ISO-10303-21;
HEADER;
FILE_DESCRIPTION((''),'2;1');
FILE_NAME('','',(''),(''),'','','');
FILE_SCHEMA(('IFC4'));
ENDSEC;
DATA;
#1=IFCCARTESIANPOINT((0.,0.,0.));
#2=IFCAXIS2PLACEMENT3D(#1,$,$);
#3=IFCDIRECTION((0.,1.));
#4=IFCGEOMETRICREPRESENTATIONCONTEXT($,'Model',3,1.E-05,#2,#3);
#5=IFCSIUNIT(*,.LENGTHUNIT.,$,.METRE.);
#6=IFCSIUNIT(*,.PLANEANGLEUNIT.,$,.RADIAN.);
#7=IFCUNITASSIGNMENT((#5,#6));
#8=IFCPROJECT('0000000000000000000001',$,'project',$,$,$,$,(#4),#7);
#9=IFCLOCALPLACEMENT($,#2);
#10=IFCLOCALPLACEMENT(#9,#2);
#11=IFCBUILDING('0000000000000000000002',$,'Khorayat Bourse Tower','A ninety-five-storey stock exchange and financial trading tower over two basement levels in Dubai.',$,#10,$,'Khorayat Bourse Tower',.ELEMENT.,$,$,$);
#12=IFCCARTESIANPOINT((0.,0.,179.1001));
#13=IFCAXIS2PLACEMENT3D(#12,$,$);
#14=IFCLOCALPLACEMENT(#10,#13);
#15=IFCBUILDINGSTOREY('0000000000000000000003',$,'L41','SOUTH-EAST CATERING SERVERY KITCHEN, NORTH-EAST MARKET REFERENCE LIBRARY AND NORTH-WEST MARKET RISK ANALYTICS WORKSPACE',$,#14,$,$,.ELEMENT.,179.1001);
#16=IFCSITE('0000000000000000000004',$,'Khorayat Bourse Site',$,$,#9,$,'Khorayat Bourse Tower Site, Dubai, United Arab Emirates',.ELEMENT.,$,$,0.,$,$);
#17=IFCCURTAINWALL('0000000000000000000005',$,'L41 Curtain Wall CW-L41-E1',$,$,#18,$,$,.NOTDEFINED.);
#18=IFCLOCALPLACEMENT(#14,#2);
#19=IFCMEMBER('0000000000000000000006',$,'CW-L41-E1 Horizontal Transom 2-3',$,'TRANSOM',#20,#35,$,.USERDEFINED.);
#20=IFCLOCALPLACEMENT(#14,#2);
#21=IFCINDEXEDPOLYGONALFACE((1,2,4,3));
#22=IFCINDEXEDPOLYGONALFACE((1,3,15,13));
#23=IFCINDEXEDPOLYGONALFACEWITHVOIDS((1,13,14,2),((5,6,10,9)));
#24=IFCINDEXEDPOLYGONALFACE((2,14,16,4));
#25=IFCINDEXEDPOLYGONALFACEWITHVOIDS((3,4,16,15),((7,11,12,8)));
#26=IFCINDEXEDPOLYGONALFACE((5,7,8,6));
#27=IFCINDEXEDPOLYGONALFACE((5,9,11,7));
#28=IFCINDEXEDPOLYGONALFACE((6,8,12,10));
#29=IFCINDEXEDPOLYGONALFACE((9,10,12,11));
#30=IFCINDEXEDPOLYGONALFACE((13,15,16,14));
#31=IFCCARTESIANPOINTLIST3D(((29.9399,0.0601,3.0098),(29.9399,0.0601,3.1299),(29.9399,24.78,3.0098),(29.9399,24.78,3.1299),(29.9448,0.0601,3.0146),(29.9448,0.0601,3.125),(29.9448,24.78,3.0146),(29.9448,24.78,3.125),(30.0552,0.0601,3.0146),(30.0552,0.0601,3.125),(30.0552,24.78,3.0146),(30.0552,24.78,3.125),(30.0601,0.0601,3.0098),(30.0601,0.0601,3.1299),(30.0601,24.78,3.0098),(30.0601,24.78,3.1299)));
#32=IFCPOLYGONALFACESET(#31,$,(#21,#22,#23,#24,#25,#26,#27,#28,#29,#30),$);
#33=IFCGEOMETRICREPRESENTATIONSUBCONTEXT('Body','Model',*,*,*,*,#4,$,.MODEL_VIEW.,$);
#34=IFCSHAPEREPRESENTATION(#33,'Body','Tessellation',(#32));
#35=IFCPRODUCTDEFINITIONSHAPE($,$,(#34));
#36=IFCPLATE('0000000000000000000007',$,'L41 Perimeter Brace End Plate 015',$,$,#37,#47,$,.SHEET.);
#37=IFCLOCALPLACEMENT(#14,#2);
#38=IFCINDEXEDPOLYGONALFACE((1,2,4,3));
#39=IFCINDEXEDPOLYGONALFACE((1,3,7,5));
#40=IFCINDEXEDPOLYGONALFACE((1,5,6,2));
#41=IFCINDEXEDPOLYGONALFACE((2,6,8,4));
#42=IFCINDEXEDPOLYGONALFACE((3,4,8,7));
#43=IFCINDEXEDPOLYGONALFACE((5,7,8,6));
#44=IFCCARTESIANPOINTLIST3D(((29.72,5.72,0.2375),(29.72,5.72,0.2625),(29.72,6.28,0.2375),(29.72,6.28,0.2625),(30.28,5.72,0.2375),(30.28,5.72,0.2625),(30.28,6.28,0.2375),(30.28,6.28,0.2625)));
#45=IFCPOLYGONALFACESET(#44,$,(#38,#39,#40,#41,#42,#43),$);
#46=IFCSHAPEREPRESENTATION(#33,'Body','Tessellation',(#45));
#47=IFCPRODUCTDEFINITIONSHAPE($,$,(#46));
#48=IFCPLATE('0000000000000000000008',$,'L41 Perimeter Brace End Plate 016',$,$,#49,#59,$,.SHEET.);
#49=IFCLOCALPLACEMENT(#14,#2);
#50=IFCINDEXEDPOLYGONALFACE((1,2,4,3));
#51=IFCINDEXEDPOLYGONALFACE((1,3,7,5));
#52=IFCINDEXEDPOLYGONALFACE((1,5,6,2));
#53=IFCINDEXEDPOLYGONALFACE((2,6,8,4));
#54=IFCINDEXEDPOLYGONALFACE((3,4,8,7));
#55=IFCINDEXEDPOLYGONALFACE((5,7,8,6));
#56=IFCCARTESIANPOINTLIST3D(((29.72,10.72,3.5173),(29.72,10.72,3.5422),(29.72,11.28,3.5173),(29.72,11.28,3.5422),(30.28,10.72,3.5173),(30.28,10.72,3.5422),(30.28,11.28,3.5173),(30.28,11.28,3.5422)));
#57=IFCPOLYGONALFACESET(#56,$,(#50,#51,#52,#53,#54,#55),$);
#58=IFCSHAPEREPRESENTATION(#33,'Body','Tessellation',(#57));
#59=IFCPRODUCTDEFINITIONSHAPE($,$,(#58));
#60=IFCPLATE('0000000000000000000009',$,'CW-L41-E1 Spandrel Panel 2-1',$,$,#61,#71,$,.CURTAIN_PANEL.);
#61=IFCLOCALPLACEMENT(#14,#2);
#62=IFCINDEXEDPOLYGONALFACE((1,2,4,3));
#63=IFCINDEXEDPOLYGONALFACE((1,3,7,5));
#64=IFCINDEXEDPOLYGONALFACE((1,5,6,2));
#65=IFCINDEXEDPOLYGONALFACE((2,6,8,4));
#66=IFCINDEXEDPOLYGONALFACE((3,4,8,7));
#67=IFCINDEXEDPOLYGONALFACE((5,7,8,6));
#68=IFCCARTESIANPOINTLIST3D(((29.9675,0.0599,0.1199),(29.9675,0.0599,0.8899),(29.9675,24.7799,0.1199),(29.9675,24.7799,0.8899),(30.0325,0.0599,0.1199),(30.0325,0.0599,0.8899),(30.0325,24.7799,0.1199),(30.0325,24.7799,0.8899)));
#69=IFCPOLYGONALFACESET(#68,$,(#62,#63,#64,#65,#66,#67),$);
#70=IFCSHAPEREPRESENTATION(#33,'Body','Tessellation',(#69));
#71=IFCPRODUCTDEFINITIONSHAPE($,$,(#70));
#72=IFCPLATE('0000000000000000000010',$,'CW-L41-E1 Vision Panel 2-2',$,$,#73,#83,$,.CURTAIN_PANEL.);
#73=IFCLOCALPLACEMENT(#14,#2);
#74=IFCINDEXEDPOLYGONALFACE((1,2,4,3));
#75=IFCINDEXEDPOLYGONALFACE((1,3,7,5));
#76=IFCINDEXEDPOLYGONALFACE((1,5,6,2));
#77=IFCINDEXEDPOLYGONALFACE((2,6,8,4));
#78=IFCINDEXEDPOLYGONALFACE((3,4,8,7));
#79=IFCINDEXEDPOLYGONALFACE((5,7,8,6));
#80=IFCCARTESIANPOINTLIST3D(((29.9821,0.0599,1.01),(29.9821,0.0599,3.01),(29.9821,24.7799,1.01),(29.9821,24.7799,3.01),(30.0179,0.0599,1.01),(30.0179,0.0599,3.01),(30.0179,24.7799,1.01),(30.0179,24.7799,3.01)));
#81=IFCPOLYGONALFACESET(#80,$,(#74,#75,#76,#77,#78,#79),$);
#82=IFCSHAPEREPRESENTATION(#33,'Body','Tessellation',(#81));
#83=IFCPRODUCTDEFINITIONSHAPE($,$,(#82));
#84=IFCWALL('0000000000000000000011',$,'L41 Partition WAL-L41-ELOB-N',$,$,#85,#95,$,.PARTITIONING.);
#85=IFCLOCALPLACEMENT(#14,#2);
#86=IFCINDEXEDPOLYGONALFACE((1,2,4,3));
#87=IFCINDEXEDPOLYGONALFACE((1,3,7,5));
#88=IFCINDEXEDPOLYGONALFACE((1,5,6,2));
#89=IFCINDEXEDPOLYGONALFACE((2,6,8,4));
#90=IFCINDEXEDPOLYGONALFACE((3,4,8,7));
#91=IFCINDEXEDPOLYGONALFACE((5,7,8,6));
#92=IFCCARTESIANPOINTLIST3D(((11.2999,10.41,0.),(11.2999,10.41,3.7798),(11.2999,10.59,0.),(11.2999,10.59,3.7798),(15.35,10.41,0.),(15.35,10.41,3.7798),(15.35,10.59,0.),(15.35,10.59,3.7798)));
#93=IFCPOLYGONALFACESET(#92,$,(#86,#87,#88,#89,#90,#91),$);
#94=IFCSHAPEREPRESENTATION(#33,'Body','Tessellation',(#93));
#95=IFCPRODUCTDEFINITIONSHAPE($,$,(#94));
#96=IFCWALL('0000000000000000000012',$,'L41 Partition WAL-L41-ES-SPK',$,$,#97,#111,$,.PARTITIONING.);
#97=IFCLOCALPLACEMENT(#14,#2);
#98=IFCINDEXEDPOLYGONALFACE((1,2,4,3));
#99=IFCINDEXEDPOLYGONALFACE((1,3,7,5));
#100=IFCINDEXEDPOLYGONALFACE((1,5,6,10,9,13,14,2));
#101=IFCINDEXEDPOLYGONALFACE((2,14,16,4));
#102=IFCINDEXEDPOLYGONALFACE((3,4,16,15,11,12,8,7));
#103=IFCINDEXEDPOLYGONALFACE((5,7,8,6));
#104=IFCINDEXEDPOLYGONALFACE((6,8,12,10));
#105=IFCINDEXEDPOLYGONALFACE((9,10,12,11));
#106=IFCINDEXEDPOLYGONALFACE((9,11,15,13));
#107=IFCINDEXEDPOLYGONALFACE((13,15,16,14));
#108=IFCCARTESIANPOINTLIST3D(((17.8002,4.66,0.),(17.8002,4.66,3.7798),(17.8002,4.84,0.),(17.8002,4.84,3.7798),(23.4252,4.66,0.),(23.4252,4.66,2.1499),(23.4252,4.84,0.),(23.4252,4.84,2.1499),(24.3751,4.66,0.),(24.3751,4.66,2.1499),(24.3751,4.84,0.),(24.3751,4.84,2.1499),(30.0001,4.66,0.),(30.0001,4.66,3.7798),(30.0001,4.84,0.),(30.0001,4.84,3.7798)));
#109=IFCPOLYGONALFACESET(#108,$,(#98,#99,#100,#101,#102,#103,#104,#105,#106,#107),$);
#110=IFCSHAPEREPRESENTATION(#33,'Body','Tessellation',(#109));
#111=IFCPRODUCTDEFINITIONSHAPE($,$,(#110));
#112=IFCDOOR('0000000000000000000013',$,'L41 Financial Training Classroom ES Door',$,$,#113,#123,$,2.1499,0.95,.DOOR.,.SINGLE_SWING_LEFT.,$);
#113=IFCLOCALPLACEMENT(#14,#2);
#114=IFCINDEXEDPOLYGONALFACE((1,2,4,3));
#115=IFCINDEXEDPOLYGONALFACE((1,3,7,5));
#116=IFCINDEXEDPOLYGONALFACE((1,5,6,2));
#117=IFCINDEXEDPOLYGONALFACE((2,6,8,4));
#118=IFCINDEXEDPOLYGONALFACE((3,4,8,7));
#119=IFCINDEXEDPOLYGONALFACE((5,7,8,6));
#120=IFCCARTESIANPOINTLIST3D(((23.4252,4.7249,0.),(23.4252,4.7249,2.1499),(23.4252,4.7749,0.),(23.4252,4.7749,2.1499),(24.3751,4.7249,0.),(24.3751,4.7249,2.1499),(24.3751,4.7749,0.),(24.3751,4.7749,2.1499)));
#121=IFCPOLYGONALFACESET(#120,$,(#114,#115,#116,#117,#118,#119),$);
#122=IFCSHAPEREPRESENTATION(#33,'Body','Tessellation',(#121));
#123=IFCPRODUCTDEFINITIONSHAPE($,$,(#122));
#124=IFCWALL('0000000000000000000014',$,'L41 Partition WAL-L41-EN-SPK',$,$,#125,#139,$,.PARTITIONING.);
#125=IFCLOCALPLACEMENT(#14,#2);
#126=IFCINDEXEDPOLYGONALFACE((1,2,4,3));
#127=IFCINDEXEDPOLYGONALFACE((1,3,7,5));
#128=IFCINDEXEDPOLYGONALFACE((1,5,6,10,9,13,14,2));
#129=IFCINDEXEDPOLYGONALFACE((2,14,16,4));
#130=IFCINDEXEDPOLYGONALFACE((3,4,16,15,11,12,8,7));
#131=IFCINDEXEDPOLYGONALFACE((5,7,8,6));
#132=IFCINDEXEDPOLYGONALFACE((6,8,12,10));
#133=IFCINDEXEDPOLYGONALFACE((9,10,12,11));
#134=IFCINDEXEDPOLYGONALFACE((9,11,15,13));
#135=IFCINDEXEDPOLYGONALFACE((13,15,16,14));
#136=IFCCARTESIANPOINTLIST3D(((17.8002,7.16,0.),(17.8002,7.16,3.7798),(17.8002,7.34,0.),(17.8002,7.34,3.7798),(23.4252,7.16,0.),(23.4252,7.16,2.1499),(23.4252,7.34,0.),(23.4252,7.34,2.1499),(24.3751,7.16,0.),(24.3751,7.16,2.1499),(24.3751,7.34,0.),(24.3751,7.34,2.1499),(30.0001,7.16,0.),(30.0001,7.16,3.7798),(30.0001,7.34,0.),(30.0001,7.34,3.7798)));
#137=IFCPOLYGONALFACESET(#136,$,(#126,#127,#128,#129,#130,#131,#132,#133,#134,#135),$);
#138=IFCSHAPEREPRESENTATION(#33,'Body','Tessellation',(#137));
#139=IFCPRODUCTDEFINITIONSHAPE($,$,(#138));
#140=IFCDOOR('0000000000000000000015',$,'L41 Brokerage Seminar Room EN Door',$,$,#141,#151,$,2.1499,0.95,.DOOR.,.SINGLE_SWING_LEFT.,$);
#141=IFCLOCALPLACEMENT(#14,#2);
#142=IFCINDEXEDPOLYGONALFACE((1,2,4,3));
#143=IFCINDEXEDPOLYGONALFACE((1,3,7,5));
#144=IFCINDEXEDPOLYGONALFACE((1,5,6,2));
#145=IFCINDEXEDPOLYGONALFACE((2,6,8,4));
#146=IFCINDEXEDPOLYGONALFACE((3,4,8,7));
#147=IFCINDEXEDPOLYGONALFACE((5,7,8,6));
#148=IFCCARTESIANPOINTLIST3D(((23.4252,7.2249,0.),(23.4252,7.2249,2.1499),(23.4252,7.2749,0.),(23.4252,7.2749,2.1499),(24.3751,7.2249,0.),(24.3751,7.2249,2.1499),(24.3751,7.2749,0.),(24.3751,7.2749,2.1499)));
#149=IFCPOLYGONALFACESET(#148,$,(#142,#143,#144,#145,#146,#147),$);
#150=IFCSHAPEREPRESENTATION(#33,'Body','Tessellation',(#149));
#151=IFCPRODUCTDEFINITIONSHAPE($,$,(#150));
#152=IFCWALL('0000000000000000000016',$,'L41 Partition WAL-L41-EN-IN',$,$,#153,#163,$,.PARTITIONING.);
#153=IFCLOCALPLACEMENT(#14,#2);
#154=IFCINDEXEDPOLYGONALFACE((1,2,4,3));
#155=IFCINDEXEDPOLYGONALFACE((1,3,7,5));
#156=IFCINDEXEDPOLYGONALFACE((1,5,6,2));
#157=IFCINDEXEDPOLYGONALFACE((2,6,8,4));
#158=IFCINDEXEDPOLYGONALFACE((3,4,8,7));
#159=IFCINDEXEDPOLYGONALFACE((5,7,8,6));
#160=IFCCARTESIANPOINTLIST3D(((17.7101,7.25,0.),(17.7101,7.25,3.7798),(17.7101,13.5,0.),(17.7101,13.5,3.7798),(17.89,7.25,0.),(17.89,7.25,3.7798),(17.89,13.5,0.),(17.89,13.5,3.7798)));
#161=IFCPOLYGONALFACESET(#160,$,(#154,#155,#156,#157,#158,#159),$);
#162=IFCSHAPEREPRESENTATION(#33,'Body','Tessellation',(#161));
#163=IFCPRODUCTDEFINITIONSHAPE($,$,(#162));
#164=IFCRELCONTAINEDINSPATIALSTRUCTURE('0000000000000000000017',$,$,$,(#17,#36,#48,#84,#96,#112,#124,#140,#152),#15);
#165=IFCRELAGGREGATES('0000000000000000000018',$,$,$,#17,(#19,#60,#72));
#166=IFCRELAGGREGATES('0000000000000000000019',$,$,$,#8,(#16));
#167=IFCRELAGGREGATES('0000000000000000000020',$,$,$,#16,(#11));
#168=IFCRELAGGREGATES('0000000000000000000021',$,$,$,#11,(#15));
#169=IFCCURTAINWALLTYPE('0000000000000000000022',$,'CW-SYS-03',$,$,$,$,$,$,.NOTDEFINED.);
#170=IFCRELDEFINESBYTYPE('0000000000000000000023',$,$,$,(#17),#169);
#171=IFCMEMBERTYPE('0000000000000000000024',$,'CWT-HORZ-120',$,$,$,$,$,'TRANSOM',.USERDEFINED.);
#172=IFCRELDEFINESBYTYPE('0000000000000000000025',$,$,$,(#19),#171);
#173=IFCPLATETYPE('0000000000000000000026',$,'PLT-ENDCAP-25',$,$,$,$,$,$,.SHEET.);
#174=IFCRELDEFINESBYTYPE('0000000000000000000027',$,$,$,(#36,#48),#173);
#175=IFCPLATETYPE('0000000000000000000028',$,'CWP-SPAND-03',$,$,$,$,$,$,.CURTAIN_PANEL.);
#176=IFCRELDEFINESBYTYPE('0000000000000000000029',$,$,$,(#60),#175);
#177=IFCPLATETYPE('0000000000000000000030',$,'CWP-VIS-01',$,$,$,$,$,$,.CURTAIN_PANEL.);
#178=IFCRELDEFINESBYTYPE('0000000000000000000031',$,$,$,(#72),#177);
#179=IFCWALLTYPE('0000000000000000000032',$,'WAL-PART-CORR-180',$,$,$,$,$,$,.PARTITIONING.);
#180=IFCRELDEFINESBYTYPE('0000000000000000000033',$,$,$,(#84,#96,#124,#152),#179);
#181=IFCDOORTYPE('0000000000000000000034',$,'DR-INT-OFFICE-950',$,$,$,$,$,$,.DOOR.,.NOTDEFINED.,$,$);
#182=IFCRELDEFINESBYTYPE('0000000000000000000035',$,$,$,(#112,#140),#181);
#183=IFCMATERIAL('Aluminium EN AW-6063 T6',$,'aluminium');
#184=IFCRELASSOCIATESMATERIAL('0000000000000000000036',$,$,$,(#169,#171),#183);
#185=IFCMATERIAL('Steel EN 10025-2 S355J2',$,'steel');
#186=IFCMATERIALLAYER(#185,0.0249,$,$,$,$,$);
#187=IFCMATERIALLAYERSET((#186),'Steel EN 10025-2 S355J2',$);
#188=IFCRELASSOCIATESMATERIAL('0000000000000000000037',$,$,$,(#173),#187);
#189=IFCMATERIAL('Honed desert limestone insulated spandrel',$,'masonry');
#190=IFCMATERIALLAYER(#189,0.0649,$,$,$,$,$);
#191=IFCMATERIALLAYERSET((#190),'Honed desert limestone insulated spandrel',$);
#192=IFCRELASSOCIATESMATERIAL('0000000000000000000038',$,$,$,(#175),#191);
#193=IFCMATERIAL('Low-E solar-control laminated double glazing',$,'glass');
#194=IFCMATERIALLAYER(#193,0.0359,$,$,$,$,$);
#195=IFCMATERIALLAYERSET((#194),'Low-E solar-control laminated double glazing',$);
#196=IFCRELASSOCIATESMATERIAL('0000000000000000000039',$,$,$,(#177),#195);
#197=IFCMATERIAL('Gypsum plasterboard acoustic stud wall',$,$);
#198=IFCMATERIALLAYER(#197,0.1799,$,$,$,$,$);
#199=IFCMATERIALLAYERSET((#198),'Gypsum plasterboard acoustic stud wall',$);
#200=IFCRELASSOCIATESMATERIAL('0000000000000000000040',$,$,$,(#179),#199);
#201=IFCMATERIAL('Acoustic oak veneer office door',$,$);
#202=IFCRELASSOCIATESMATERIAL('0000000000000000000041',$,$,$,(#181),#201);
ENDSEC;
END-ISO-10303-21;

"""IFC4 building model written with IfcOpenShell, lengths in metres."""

from ifc_helpers import new_model, si_unit, direction, frame, frame_2d, origin, origin_2d, place, context, subcontext, project, spatial, rectangle, hollow_rectangle, extrude, source, transform, mapped, material, layer, layer_set, material_profile, profile_set, type_object, element, fill, aggregate, save


model = new_model("IFC4")

# Units and contexts
model_context = context("Model", 3, precision=1e-05, world=origin(), true_north=direction((0.0, 1.0)))
body_context = subcontext(model_context, "Body", "Model", "MODEL_VIEW")
ifc_project = project(units=[si_unit("LENGTHUNIT", "METRE"), si_unit("PLANEANGLEUNIT", "RADIAN")], contexts=[model_context])

# Site, building, storey
site_placement = place(None, origin())
site = spatial("IfcSite", under=ifc_project, at=site_placement, Name="Khorayat Bourse Site", LongName="Khorayat Bourse Tower Site, Dubai, United Arab Emirates", CompositionType="ELEMENT", RefElevation=0.0)
building_placement = place(site_placement, origin())
building = spatial("IfcBuilding", under=site, at=building_placement, Name="Khorayat Bourse Tower", Description="A ninety-five-storey stock exchange and financial trading tower over two basement levels in Dubai.", LongName="Khorayat Bourse Tower", CompositionType="ELEMENT")
storey_placement = place(building_placement, frame((0.0, 0.0, 179.1001)))
storey = spatial("IfcBuildingStorey", under=building, at=storey_placement, Name="L41", Description="SOUTH-EAST CATERING SERVERY KITCHEN, NORTH-EAST MARKET REFERENCE LIBRARY AND NORTH-WEST MARKET RISK ANALYTICS WORKSPACE", CompositionType="ELEMENT", Elevation=179.1001)

# Curtain wall, member
ifc_material_1 = material(Name="Aluminium EN AW-6063 T6", Category="aluminium")
curtain_wall_type = type_object("IfcCurtainWallType", Name="CW-SYS-03", PredefinedType="NOTDEFINED", material=ifc_material_1)
curtain_wall_placement = place(storey_placement, origin())
curtain_wall = element("IfcCurtainWall", 1, at=curtain_wall_placement, inside=storey, type_object=curtain_wall_type, Name="L41 Curtain Wall CW-L41-E1", PredefinedType="NOTDEFINED")
ifc_material_profile_1 = material_profile(ifc_material_1, hollow_rectangle(XDim=0.1201, YDim=0.1201, WallThickness=0.0049, at=origin_2d()), Name="ALU 120x120x5")
ifc_profile_set_1 = profile_set([ifc_material_profile_1], Name="Aluminium EN AW-6063 T6")
member_type_1 = type_object("IfcMemberType", Name="CWT-HORZ-120", ElementType="TRANSOM", PredefinedType="USERDEFINED", material=ifc_profile_set_1)
shared_shape_1 = source(origin(), body_context, "Body", "SweptSolid", [
    extrude(hollow_rectangle(XDim=0.1201, YDim=0.1201, WallThickness=0.0049, at=origin_2d()), origin(), (0.0, 0.0, 1.0), 24.72),
])
member_1_placement = place(storey_placement, frame((30.0, 0.0601, 3.0698), z_axis=(0.0, 1.0, 0.0), x_axis=(-1.0, 0.0, 0.0)))
member_1 = element("IfcMember", 2, at=member_1_placement, type_object=member_type_1, Name="CW-L41-E1 Horizontal Transom 2-3", ObjectType="TRANSOM", PredefinedType="USERDEFINED", context=body_context, shape_type="MappedRepresentation", body=[
    mapped(shared_shape_1, transform((0.0, 0.0, 0.0), scale=1.0)),
])

# Plates
ifc_material_2 = material(Name="Steel EN 10025-2 S355J2", Category="steel")
ifc_layer_1 = layer(ifc_material_2, 0.0249)
ifc_layer_set_1 = layer_set([ifc_layer_1], Name="Steel EN 10025-2 S355J2")
plate_type_1 = type_object("IfcPlateType", Name="PLT-ENDCAP-25", PredefinedType="SHEET", material=ifc_layer_set_1)
shared_shape_2 = source(origin(), body_context, "Body", "SweptSolid", [
    extrude(rectangle(XDim=0.5601, YDim=0.5601, at=origin_2d()), origin(), (0.0, 0.0, 1.0), 0.0249),
])
for number, where, z_axis, x_axis, name in (
    (3, (30.0, 6.0, 0.2375), (0.0, 0.0, 1.0), (1.0, 0.0, 0.0), "L41 Perimeter Brace End Plate 015"),
    (4, (30.0, 11.0, 3.5173), (0.0, 0.0, 1.0), (1.0, 0.0, 0.0), "L41 Perimeter Brace End Plate 016"),
):
    element("IfcPlate", number, at=place(storey_placement, frame(where, z_axis=z_axis, x_axis=x_axis)), inside=storey, type_object=plate_type_1, Name=name, PredefinedType="SHEET", context=body_context, shape_type="MappedRepresentation", body=[
        mapped(shared_shape_2, transform((0.0, 0.0, 0.0), scale=1.0)),
    ])

# Plates
ifc_material_3 = material(Name="Honed desert limestone insulated spandrel", Category="masonry")
ifc_layer_2 = layer(ifc_material_3, 0.0649)
ifc_layer_set_2 = layer_set([ifc_layer_2], Name="Honed desert limestone insulated spandrel")
plate_type_2 = type_object("IfcPlateType", Name="CWP-SPAND-03", PredefinedType="CURTAIN_PANEL", material=ifc_layer_set_2)
shared_shape_3 = source(origin(), body_context, "Body", "SweptSolid", [
    extrude(rectangle(XDim=24.72, YDim=0.0649, at=origin_2d()), origin(), (0.0, 0.0, 1.0), 0.77),
])
plate_1_placement = place(storey_placement, frame((30.0, 12.4199, 0.1199), z_axis=(0.0, 0.0, 1.0), x_axis=(0.0, 1.0, 0.0)))
plate_1 = element("IfcPlate", 5, at=plate_1_placement, type_object=plate_type_2, Name="CW-L41-E1 Spandrel Panel 2-1", PredefinedType="CURTAIN_PANEL", context=body_context, shape_type="MappedRepresentation", body=[
    mapped(shared_shape_3, transform((0.0, 0.0, 0.0), scale=1.0)),
])
ifc_material_4 = material(Name="Low-E solar-control laminated double glazing", Category="glass")
ifc_layer_3 = layer(ifc_material_4, 0.0359)
ifc_layer_set_3 = layer_set([ifc_layer_3], Name="Low-E solar-control laminated double glazing")
plate_type_3 = type_object("IfcPlateType", Name="CWP-VIS-01", PredefinedType="CURTAIN_PANEL", material=ifc_layer_set_3)
shared_shape_4 = source(origin(), body_context, "Body", "SweptSolid", [
    extrude(rectangle(XDim=24.72, YDim=0.0359, at=origin_2d()), origin(), (0.0, 0.0, 1.0), 2.0),
])
plate_2_placement = place(storey_placement, frame((30.0, 12.4199, 1.01), z_axis=(0.0, 0.0, 1.0), x_axis=(0.0, 1.0, 0.0)))
plate_2 = element("IfcPlate", 6, at=plate_2_placement, type_object=plate_type_3, Name="CW-L41-E1 Vision Panel 2-2", PredefinedType="CURTAIN_PANEL", context=body_context, shape_type="MappedRepresentation", body=[
    mapped(shared_shape_4, transform((0.0, 0.0, 0.0), scale=1.0)),
])
aggregate(curtain_wall, [member_1, plate_1, plate_2])

# Wall
ifc_material_5 = material(Name="Gypsum plasterboard acoustic stud wall")
ifc_layer_4 = layer(ifc_material_5, 0.1799)
ifc_layer_set_4 = layer_set([ifc_layer_4], Name="Gypsum plasterboard acoustic stud wall")
wall_type = type_object("IfcWallType", Name="WAL-PART-CORR-180", PredefinedType="PARTITIONING", material=ifc_layer_set_4)
shared_shape_5 = source(origin(), body_context, "Body", "SweptSolid", [
    extrude(rectangle(XDim=4.05, YDim=0.1799, at=frame_2d((2.0249, 0.0))), origin(), (0.0, 0.0, 1.0), 3.7798),
])
wall_1_placement = place(storey_placement, frame((11.3, 10.5, 0.0), z_axis=(0.0, 0.0, 1.0), x_axis=(1.0, 0.0, 0.0)))
element("IfcWall", 7, at=wall_1_placement, inside=storey, type_object=wall_type, Name="L41 Partition WAL-L41-ELOB-N", PredefinedType="PARTITIONING", context=body_context, shape_type="MappedRepresentation", body=[
    mapped(shared_shape_5, transform((0.0, 0.0, 0.0), scale=1.0)),
])

# Walls, openings, doors
shared_shape_6 = source(origin(), body_context, "Body", "SweptSolid", [
    extrude(rectangle(XDim=12.2, YDim=0.1799, at=frame_2d((6.1001, 0.0))), origin(), (0.0, 0.0, 1.0), 3.7798),
])
wall_2_placement = place(storey_placement, frame((17.8, 4.75, 0.0), z_axis=(0.0, 0.0, 1.0), x_axis=(1.0, 0.0, 0.0)))
wall_2 = element("IfcWall", 8, at=wall_2_placement, inside=storey, type_object=wall_type, Name="L41 Partition WAL-L41-ES-SPK", PredefinedType="PARTITIONING", context=body_context, shape_type="MappedRepresentation", body=[
    mapped(shared_shape_6, transform((0.0, 0.0, 0.0), scale=1.0)),
])
shared_shape_7 = source(origin(), body_context, "Body", "SweptSolid", [
    extrude(rectangle(XDim=0.95, YDim=2.1499, at=frame_2d((0.4751, 1.075))), frame((0.0, 0.0999, 0.0), z_axis=(0.0, -1.0, 0.0), x_axis=(1.0, 0.0, 0.0)), (0.0, 0.0, 1.0), 0.2),
])
opening_1_placement = place(wall_2_placement, frame((5.625, 0.0, 0.0)))
opening_1 = element("IfcOpeningElement", 9, at=opening_1_placement, cuts=wall_2, PredefinedType="OPENING", context=body_context, shape_type="MappedRepresentation", body=[
    mapped(shared_shape_7, transform((0.0, 0.0, 0.0), scale=1.0)),
])
ifc_material_6 = material(Name="Acoustic oak veneer office door")
door_type = type_object("IfcDoorType", Name="DR-INT-OFFICE-950", OperationType="NOTDEFINED", PredefinedType="DOOR", material=ifc_material_6)
shared_shape_8 = source(origin(), body_context, "Body", "SweptSolid", [
    extrude(rectangle(XDim=0.95, YDim=2.1499, at=frame_2d((0.4751, 1.075))), frame((0.0, 0.0249, 0.0), z_axis=(0.0, -1.0, 0.0), x_axis=(1.0, 0.0, 0.0)), (0.0, 0.0, 1.0), 0.05),
])
door_1_placement = place(opening_1_placement, origin())
door_1 = element("IfcDoor", 10, at=door_1_placement, inside=storey, type_object=door_type, Name="L41 Financial Training Classroom ES Door", OperationType="SINGLE_SWING_LEFT", OverallHeight=2.1499, OverallWidth=0.95, PredefinedType="DOOR", context=body_context, shape_type="MappedRepresentation", body=[
    mapped(shared_shape_8, transform((0.0, 0.0, 0.0), scale=1.0)),
])
fill(opening_1, door_1)
wall_3_placement = place(storey_placement, frame((17.8, 7.25, 0.0), z_axis=(0.0, 0.0, 1.0), x_axis=(1.0, 0.0, 0.0)))
wall_3 = element("IfcWall", 11, at=wall_3_placement, inside=storey, type_object=wall_type, Name="L41 Partition WAL-L41-EN-SPK", PredefinedType="PARTITIONING", context=body_context, shape_type="MappedRepresentation", body=[
    mapped(shared_shape_6, transform((0.0, 0.0, 0.0), scale=1.0)),
])
opening_2_placement = place(wall_3_placement, frame((5.625, 0.0, 0.0)))
opening_2 = element("IfcOpeningElement", 12, at=opening_2_placement, cuts=wall_3, PredefinedType="OPENING", context=body_context, shape_type="MappedRepresentation", body=[
    mapped(shared_shape_7, transform((0.0, 0.0, 0.0), scale=1.0)),
])
door_2_placement = place(opening_2_placement, origin())
door_2 = element("IfcDoor", 13, at=door_2_placement, inside=storey, type_object=door_type, Name="L41 Brokerage Seminar Room EN Door", OperationType="SINGLE_SWING_LEFT", OverallHeight=2.1499, OverallWidth=0.95, PredefinedType="DOOR", context=body_context, shape_type="MappedRepresentation", body=[
    mapped(shared_shape_8, transform((0.0, 0.0, 0.0), scale=1.0)),
])
fill(opening_2, door_2)

# Wall
shared_shape_9 = source(origin(), body_context, "Body", "SweptSolid", [
    extrude(rectangle(XDim=6.25, YDim=0.1799, at=frame_2d((3.125, 0.0))), origin(), (0.0, 0.0, 1.0), 3.7798),
])
wall_4_placement = place(storey_placement, frame((17.8, 7.25, 0.0), z_axis=(0.0, 0.0, 1.0), x_axis=(0.0, 1.0, 0.0)))
element("IfcWall", 14, at=wall_4_placement, inside=storey, type_object=wall_type, Name="L41 Partition WAL-L41-EN-IN", PredefinedType="PARTITIONING", context=body_context, shape_type="MappedRepresentation", body=[
    mapped(shared_shape_9, transform((0.0, 0.0, 0.0), scale=1.0)),
])

save(model, "model.ifc")
